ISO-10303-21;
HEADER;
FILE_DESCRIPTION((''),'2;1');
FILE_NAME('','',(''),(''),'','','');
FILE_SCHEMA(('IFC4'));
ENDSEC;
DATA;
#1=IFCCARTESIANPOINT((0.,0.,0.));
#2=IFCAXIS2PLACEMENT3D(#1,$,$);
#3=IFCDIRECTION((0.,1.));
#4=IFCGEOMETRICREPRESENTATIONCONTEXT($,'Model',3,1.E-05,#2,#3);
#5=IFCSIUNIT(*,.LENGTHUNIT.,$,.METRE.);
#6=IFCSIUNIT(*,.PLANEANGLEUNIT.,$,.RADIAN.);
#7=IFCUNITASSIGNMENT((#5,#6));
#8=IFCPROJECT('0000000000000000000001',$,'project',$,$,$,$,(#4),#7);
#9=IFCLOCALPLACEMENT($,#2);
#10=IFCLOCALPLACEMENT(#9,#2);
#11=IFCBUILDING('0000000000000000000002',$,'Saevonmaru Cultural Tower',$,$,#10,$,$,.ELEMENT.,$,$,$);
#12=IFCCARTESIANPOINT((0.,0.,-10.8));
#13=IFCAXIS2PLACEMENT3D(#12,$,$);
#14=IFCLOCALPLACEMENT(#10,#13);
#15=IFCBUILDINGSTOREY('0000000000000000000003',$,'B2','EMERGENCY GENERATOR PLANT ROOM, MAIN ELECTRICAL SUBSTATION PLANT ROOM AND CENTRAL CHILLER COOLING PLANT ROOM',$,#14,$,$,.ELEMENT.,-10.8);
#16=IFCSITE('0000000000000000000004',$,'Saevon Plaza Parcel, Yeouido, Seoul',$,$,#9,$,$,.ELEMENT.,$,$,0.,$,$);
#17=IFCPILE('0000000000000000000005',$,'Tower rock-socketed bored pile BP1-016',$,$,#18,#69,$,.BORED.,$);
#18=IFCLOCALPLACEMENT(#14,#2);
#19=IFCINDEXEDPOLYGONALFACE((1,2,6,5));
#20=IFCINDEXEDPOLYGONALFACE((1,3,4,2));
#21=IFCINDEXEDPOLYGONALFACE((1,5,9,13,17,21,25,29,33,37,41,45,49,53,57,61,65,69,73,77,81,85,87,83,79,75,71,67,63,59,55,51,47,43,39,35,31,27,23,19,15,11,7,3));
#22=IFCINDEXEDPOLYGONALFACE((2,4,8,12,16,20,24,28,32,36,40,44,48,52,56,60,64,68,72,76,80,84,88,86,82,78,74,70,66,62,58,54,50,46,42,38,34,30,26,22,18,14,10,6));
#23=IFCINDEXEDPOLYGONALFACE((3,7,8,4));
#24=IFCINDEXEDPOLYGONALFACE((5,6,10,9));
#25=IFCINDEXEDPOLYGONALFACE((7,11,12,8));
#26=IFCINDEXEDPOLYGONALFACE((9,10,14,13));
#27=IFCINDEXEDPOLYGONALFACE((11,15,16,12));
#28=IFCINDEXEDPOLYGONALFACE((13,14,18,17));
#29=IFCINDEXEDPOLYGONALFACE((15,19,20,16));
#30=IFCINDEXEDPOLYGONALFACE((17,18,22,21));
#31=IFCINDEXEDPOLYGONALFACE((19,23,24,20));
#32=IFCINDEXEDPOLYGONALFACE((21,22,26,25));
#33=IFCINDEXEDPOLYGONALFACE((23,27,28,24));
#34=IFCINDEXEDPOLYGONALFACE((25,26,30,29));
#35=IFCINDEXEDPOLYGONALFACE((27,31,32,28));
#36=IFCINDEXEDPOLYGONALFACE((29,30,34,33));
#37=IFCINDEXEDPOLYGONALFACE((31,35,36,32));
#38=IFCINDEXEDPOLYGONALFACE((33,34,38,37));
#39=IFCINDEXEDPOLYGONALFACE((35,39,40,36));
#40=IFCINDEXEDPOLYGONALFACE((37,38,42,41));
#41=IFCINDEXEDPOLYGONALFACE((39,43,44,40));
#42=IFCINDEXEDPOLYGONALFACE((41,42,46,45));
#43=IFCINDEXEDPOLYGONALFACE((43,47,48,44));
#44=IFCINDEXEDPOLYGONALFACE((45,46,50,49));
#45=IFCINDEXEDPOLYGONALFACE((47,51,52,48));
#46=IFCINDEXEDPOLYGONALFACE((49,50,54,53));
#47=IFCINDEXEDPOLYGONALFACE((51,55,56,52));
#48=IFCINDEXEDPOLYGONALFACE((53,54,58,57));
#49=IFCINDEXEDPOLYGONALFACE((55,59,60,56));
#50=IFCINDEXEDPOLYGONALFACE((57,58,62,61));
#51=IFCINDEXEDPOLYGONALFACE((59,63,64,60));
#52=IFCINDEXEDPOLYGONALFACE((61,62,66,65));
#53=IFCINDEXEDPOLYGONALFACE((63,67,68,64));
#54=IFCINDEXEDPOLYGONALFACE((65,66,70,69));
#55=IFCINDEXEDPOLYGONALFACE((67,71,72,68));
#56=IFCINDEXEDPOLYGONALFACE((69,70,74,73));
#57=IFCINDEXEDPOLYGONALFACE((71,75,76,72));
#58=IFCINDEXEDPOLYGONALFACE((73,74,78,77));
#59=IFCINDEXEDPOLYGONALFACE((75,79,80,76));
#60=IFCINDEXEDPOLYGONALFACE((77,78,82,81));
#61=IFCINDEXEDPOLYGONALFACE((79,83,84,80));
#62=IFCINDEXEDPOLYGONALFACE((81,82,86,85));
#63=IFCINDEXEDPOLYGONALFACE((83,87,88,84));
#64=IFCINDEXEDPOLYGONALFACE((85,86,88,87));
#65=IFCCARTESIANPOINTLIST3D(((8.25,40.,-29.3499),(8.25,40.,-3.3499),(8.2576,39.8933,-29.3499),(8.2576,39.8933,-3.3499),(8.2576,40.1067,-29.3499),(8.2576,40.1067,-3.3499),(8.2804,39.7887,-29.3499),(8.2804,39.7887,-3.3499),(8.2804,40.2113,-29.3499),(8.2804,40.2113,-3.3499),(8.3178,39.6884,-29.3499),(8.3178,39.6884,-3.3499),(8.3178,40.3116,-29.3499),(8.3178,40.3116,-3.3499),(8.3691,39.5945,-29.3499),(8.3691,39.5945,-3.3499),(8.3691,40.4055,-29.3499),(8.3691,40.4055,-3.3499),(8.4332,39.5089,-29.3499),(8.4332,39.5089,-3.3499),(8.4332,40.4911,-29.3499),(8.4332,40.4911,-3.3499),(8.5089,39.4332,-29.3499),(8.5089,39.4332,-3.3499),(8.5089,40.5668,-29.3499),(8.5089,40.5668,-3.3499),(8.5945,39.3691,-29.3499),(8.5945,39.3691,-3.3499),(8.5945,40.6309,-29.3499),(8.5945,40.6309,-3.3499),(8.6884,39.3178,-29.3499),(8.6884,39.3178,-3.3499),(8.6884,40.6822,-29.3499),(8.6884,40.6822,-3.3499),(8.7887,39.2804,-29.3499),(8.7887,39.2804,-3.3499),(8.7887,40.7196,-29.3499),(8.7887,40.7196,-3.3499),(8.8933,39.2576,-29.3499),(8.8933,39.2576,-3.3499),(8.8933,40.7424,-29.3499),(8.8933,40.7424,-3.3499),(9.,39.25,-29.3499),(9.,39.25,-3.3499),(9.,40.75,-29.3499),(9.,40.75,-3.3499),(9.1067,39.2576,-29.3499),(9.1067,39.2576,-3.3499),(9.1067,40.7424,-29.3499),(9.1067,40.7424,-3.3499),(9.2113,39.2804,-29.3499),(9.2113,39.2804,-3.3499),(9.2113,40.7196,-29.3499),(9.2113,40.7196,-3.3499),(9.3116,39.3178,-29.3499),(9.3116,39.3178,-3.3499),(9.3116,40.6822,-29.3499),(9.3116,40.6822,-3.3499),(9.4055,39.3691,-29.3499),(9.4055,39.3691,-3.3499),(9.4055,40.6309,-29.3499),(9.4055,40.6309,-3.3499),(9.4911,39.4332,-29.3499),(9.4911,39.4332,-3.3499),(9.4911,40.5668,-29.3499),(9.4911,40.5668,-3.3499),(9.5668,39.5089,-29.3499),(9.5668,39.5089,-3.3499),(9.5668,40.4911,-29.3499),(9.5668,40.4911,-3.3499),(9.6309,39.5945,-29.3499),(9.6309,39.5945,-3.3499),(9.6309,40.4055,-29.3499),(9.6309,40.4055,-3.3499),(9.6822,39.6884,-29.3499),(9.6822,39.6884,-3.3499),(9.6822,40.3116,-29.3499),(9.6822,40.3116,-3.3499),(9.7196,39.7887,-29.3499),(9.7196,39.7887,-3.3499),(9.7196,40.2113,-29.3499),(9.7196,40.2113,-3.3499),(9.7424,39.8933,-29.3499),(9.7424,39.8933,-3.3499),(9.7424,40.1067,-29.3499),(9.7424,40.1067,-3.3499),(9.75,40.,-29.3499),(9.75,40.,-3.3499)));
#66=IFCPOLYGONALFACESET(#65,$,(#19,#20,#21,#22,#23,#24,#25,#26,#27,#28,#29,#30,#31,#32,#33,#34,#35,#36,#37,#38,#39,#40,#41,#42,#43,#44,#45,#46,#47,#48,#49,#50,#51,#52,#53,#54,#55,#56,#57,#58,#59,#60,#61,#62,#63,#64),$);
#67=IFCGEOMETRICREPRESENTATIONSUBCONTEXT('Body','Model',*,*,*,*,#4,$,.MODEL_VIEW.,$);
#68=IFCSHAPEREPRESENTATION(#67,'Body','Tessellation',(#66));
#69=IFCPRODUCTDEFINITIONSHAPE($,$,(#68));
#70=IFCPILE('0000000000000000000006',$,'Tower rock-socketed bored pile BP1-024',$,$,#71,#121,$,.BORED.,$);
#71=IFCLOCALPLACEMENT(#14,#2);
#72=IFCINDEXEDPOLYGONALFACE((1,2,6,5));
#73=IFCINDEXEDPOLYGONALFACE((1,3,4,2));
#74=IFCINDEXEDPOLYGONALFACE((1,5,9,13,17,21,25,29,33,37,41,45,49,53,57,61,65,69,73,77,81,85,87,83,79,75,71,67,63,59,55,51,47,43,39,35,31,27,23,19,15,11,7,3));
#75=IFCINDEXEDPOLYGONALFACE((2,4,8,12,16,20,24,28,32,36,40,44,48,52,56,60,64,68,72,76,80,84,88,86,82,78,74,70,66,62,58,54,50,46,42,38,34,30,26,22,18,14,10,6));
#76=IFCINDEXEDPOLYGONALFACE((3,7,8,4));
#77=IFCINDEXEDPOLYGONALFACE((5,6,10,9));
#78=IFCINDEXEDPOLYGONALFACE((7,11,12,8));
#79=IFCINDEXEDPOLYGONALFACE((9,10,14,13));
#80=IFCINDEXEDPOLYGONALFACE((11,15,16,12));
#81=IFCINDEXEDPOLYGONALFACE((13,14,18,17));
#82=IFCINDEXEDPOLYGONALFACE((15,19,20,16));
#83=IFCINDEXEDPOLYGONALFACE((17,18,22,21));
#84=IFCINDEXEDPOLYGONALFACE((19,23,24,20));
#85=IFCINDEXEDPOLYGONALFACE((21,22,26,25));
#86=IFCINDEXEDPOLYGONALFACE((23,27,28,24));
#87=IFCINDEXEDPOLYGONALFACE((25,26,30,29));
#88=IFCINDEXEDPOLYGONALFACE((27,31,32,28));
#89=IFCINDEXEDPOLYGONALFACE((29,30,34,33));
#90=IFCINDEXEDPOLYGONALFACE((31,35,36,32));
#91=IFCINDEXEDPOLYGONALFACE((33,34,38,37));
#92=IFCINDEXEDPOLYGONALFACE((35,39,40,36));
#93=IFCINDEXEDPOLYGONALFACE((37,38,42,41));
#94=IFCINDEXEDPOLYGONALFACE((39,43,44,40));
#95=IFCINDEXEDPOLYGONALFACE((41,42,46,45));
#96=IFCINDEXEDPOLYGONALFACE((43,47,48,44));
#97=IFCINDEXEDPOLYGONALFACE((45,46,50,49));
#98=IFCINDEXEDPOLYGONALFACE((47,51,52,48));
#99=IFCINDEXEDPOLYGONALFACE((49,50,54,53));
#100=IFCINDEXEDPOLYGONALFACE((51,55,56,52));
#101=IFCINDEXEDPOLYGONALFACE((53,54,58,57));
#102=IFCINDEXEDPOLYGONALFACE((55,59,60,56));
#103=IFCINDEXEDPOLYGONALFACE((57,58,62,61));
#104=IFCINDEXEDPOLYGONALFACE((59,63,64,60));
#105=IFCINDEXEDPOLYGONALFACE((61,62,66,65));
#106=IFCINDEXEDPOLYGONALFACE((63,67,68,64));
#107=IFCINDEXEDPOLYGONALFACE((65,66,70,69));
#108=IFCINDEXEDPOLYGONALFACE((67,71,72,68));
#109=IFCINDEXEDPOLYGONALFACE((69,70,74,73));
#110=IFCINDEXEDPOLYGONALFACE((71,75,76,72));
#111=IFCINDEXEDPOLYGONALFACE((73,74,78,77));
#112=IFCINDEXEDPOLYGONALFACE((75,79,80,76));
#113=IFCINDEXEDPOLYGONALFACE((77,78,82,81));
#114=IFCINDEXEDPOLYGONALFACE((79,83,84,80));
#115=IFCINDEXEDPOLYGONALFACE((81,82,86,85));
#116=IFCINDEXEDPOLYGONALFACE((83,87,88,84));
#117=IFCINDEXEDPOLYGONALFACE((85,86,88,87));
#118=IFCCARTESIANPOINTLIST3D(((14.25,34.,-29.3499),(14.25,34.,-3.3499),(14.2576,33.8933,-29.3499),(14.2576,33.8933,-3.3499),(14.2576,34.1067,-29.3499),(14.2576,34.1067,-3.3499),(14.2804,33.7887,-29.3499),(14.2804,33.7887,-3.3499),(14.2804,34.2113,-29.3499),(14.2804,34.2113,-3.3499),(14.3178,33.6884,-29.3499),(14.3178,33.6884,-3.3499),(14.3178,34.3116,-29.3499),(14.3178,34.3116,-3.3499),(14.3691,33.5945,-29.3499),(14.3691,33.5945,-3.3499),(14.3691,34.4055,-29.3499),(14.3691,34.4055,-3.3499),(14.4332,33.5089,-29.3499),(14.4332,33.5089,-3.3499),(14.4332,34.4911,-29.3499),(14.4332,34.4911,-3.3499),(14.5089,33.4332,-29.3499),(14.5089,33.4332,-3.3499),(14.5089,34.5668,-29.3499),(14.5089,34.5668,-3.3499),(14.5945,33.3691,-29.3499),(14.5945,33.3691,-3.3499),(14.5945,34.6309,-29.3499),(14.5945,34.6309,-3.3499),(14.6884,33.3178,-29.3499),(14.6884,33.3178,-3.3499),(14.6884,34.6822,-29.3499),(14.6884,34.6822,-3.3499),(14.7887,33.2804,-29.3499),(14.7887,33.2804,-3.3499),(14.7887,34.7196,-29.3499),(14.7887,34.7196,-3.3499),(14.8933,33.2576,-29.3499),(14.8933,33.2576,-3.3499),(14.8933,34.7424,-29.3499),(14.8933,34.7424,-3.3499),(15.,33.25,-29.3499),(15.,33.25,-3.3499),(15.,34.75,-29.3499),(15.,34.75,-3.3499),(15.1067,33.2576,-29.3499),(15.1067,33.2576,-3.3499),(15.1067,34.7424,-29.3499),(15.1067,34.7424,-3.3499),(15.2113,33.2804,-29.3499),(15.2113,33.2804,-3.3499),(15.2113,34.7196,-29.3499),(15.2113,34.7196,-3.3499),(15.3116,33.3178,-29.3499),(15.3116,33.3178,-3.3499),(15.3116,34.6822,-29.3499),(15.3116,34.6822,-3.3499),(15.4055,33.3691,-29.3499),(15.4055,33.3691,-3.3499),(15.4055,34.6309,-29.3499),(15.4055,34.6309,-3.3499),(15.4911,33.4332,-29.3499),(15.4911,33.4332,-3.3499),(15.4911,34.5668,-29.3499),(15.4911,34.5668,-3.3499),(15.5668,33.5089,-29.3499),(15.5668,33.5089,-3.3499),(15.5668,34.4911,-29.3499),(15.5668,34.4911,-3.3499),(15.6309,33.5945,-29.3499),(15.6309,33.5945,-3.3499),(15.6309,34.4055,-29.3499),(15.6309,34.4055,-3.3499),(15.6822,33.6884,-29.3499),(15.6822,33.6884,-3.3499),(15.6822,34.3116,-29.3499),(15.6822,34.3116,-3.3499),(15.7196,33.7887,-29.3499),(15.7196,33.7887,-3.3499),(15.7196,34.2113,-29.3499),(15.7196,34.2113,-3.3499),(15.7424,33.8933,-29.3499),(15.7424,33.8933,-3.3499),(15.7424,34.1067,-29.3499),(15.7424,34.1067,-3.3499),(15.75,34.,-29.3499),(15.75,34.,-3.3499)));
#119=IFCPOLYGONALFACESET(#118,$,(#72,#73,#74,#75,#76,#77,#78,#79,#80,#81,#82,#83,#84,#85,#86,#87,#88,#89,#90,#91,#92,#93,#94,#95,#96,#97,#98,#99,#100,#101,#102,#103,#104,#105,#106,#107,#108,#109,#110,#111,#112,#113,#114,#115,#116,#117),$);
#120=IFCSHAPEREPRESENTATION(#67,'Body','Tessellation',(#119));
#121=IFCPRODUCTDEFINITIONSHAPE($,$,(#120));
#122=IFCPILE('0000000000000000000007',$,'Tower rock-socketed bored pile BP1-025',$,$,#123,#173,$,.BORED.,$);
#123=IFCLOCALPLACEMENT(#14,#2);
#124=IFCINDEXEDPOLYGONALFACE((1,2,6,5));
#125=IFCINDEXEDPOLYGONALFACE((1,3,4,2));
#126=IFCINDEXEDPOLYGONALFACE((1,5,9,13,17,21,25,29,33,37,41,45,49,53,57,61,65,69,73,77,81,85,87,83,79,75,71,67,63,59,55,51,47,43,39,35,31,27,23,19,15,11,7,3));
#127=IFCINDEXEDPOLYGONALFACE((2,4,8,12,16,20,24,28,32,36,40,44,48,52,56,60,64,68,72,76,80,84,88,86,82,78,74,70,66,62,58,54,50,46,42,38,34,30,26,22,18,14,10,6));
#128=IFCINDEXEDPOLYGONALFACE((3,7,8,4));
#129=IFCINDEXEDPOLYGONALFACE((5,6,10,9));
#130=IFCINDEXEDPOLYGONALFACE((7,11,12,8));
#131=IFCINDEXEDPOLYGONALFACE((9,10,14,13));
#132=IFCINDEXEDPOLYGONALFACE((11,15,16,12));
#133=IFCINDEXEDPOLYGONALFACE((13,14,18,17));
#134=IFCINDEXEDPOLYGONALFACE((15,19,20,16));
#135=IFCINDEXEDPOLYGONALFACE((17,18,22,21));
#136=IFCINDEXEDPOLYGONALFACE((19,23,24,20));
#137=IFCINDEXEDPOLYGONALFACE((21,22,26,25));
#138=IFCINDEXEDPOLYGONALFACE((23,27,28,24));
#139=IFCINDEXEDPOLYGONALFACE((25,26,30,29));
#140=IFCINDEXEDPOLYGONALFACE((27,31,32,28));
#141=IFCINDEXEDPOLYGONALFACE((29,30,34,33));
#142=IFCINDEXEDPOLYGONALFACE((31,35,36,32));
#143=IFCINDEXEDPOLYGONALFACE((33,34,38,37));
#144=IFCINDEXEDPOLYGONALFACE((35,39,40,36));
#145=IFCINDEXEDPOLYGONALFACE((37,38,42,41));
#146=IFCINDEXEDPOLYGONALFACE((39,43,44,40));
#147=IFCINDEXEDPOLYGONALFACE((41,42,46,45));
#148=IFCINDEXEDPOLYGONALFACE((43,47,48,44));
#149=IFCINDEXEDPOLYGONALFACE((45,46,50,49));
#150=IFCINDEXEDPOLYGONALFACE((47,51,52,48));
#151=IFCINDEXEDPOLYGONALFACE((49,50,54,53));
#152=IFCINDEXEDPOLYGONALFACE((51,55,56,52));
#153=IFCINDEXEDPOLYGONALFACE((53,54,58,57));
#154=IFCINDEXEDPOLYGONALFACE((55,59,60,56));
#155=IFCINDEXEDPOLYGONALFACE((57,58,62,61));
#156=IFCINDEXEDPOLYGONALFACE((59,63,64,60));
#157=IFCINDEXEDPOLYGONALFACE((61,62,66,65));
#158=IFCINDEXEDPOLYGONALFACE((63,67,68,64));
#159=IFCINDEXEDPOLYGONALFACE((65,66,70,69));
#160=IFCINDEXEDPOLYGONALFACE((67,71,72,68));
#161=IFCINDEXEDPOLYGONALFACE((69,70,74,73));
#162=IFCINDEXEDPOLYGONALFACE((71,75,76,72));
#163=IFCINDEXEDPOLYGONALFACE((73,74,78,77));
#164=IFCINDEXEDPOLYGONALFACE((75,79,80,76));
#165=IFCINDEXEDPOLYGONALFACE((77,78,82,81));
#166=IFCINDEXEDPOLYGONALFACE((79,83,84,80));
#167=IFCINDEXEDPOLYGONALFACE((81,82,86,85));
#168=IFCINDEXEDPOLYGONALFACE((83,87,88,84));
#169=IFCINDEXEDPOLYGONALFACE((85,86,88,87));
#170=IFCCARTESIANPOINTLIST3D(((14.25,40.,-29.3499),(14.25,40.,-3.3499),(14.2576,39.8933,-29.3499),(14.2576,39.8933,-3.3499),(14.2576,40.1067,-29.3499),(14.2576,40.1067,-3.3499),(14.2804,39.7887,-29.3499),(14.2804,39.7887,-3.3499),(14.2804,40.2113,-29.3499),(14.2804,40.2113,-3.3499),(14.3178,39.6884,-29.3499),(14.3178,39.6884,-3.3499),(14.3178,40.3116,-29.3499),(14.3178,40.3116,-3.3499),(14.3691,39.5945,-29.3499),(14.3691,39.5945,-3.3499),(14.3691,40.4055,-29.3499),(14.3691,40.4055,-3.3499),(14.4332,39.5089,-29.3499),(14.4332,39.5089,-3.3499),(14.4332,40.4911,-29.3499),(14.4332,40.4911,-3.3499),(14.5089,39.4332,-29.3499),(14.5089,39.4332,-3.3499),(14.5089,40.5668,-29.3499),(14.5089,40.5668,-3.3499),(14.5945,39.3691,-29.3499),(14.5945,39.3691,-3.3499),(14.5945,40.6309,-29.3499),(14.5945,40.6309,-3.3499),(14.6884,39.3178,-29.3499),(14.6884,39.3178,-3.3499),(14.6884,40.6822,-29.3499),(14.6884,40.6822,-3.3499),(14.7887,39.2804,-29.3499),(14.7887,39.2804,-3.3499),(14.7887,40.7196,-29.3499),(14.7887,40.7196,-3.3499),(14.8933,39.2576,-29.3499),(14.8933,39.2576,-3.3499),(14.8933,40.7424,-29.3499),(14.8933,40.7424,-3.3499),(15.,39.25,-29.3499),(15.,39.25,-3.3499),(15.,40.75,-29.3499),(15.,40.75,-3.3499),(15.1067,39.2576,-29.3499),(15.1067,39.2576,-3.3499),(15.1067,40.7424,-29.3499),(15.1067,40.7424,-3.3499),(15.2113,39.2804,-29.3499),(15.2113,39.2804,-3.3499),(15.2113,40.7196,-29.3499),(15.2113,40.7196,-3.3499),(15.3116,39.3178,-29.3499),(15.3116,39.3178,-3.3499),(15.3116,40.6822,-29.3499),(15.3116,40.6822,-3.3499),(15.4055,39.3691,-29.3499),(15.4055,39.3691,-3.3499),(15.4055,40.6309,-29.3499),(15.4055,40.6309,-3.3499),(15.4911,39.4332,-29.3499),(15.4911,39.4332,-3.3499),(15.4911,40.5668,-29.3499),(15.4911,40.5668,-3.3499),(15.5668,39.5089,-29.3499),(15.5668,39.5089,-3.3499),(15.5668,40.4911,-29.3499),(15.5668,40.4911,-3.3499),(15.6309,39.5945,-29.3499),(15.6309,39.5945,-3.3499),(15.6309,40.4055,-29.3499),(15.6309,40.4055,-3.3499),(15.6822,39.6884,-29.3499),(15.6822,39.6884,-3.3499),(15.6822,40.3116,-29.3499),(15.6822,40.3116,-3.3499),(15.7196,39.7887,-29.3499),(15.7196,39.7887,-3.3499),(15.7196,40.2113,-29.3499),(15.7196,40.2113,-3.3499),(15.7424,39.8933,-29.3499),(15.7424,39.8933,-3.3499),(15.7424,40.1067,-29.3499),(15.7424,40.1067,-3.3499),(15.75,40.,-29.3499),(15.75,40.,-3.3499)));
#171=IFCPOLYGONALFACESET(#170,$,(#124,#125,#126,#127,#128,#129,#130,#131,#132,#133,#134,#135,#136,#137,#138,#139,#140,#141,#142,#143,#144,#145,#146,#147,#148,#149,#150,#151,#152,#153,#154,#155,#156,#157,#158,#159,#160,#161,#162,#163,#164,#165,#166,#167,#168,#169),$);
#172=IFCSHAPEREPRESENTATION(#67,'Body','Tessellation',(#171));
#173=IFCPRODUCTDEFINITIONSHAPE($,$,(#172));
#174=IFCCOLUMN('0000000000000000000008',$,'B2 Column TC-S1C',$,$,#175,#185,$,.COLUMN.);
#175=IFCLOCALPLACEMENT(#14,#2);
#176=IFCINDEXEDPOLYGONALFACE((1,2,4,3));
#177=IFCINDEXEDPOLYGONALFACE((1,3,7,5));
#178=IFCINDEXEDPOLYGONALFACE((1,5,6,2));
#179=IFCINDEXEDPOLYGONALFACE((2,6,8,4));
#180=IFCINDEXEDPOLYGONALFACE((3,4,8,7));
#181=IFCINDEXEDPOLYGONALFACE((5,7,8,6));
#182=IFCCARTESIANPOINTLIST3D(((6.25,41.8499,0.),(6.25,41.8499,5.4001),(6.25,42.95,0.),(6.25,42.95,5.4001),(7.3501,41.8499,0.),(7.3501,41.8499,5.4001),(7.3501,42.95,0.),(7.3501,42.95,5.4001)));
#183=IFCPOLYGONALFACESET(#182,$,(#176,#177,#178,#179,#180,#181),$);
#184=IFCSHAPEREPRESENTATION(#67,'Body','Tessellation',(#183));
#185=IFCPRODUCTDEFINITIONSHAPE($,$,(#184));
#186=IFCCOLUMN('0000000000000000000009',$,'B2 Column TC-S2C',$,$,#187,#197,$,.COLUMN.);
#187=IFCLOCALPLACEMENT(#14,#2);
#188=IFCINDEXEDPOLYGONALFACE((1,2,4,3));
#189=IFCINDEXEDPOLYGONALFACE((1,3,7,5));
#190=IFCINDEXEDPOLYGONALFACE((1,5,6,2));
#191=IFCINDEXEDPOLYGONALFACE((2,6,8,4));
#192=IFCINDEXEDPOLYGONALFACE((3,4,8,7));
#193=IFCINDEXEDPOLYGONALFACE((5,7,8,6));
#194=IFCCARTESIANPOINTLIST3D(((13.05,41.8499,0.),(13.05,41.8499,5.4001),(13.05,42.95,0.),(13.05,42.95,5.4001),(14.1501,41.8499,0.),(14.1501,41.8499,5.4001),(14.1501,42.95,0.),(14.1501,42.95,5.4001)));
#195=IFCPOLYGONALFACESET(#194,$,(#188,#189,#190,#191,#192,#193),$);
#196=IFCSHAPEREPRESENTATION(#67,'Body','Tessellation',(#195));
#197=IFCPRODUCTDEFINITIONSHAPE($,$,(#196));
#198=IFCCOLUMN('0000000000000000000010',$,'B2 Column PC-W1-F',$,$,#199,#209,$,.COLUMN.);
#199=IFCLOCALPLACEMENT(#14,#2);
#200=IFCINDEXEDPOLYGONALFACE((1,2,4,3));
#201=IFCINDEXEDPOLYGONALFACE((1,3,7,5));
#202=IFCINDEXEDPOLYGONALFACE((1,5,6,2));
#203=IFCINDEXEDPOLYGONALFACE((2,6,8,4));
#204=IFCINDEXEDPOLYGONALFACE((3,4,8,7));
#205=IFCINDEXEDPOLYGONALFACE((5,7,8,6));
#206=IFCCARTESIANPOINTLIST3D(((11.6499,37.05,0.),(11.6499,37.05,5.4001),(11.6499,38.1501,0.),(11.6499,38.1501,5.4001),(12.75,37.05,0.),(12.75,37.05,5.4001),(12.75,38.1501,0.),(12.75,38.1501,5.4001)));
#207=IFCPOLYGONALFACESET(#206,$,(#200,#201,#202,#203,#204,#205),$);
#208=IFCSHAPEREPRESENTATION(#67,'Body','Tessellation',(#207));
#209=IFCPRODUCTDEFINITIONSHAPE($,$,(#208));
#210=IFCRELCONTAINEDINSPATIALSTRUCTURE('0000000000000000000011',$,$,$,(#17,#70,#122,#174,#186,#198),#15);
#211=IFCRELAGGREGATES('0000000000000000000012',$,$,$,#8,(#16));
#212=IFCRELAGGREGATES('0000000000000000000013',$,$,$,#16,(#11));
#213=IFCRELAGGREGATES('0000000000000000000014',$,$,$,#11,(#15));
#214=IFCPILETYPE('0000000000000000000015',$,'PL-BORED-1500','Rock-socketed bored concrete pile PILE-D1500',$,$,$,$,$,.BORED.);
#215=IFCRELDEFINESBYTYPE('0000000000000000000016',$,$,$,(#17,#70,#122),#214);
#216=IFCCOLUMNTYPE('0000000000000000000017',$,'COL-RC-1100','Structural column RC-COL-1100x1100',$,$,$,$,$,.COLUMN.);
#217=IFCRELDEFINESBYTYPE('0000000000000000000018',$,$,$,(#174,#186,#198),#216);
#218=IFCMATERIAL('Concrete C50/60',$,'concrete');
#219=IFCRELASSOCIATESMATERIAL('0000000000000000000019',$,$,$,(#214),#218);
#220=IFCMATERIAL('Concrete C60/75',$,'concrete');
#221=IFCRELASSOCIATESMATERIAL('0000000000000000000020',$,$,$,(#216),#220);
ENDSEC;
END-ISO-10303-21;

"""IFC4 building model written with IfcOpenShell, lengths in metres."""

from ifc_helpers import new_model, si_unit, direction, frame, origin, origin_2d, place, context, subcontext, project, spatial, rectangle, circle, extrude, material, material_profile, profile_set, type_object, element, save


model = new_model("IFC4")

# Units and contexts
model_context = context("Model", 3, precision=1e-05, world=origin(), true_north=direction((0.0, 1.0)))
body_context = subcontext(model_context, "Body", "Model", "MODEL_VIEW")
ifc_project = project(units=[si_unit("LENGTHUNIT", "METRE"), si_unit("PLANEANGLEUNIT", "RADIAN")], contexts=[model_context])

# Site, building, storey
site_placement = place(None, origin())
site = spatial("IfcSite", under=ifc_project, at=site_placement, Name="Saevon Plaza Parcel, Yeouido, Seoul", CompositionType="ELEMENT", RefElevation=0.0)
building_placement = place(site_placement, origin())
building = spatial("IfcBuilding", under=site, at=building_placement, Name="Saevonmaru Cultural Tower", CompositionType="ELEMENT")
storey_placement = place(building_placement, frame((0.0, 0.0, -10.8)))
storey = spatial("IfcBuildingStorey", under=building, at=storey_placement, Name="B2", Description="EMERGENCY GENERATOR PLANT ROOM, MAIN ELECTRICAL SUBSTATION PLANT ROOM AND CENTRAL CHILLER COOLING PLANT ROOM", CompositionType="ELEMENT", Elevation=-10.8)

# Piles
ifc_material_1 = material(Name="Concrete C50/60", Category="concrete")
ifc_material_profile_1 = material_profile(ifc_material_1, circle(Radius=0.75, at=origin_2d()), Name="PILE-D1500")
ifc_profile_set_1 = profile_set([ifc_material_profile_1], Name="Concrete C50/60")
pile_type = type_object("IfcPileType", Name="PL-BORED-1500", Description="Rock-socketed bored concrete pile PILE-D1500", PredefinedType="BORED", material=ifc_profile_set_1)
for number, where, z_axis, x_axis, name in (
    (1, (9.0, 40.0, -3.3499), (0.0, 0.0, -1.0), (1.0, 0.0, 0.0), "Tower rock-socketed bored pile BP1-016"),
    (2, (15.0, 34.0, -3.3499), (0.0, 0.0, -1.0), (1.0, 0.0, 0.0), "Tower rock-socketed bored pile BP1-024"),
    (3, (15.0, 40.0, -3.3499), (0.0, 0.0, -1.0), (1.0, 0.0, 0.0), "Tower rock-socketed bored pile BP1-025"),
):
    element("IfcPile", number, at=place(storey_placement, frame(where, z_axis=z_axis, x_axis=x_axis)), inside=storey, type_object=pile_type, Name=name, PredefinedType="BORED", context=body_context, shape_type="SweptSolid", body=[
        extrude(circle(Radius=0.75, at=origin_2d()), origin(), (0.0, 0.0, 1.0), 26.0),
    ])

# Columns
ifc_material_2 = material(Name="Concrete C60/75", Category="concrete")
ifc_material_profile_2 = material_profile(ifc_material_2, rectangle(XDim=1.1001, YDim=1.1001, at=origin_2d()), Name="RC-COL-1100x1100")
ifc_profile_set_2 = profile_set([ifc_material_profile_2], Name="Concrete C60/75")
column_type_1 = type_object("IfcColumnType", Name="COL-RC-1100", Description="Structural column RC-COL-1100x1100", PredefinedType="COLUMN", material=ifc_profile_set_2)
for number, where, z_axis, x_axis, name in (
    (4, (6.8, 42.3999, 0.0), (0.0, 0.0, 1.0), (1.0, 0.0, 0.0), "B2 Column TC-S1C"),
    (5, (13.6001, 42.3999, 0.0), (0.0, 0.0, 1.0), (1.0, 0.0, 0.0), "B2 Column TC-S2C"),
    (6, (12.2, 37.6001, 0.0), (0.0, 0.0, 1.0), (1.0, 0.0, 0.0), "B2 Column PC-W1-F"),
):
    element("IfcColumn", number, at=place(storey_placement, frame(where, z_axis=z_axis, x_axis=x_axis)), inside=storey, type_object=column_type_1, Name=name, PredefinedType="COLUMN", context=body_context, shape_type="SweptSolid", body=[
        extrude(rectangle(XDim=1.1001, YDim=1.1001, at=origin_2d()), origin(), (0.0, 0.0, 1.0), 5.4001),
    ])

save(model, "model.ifc")
